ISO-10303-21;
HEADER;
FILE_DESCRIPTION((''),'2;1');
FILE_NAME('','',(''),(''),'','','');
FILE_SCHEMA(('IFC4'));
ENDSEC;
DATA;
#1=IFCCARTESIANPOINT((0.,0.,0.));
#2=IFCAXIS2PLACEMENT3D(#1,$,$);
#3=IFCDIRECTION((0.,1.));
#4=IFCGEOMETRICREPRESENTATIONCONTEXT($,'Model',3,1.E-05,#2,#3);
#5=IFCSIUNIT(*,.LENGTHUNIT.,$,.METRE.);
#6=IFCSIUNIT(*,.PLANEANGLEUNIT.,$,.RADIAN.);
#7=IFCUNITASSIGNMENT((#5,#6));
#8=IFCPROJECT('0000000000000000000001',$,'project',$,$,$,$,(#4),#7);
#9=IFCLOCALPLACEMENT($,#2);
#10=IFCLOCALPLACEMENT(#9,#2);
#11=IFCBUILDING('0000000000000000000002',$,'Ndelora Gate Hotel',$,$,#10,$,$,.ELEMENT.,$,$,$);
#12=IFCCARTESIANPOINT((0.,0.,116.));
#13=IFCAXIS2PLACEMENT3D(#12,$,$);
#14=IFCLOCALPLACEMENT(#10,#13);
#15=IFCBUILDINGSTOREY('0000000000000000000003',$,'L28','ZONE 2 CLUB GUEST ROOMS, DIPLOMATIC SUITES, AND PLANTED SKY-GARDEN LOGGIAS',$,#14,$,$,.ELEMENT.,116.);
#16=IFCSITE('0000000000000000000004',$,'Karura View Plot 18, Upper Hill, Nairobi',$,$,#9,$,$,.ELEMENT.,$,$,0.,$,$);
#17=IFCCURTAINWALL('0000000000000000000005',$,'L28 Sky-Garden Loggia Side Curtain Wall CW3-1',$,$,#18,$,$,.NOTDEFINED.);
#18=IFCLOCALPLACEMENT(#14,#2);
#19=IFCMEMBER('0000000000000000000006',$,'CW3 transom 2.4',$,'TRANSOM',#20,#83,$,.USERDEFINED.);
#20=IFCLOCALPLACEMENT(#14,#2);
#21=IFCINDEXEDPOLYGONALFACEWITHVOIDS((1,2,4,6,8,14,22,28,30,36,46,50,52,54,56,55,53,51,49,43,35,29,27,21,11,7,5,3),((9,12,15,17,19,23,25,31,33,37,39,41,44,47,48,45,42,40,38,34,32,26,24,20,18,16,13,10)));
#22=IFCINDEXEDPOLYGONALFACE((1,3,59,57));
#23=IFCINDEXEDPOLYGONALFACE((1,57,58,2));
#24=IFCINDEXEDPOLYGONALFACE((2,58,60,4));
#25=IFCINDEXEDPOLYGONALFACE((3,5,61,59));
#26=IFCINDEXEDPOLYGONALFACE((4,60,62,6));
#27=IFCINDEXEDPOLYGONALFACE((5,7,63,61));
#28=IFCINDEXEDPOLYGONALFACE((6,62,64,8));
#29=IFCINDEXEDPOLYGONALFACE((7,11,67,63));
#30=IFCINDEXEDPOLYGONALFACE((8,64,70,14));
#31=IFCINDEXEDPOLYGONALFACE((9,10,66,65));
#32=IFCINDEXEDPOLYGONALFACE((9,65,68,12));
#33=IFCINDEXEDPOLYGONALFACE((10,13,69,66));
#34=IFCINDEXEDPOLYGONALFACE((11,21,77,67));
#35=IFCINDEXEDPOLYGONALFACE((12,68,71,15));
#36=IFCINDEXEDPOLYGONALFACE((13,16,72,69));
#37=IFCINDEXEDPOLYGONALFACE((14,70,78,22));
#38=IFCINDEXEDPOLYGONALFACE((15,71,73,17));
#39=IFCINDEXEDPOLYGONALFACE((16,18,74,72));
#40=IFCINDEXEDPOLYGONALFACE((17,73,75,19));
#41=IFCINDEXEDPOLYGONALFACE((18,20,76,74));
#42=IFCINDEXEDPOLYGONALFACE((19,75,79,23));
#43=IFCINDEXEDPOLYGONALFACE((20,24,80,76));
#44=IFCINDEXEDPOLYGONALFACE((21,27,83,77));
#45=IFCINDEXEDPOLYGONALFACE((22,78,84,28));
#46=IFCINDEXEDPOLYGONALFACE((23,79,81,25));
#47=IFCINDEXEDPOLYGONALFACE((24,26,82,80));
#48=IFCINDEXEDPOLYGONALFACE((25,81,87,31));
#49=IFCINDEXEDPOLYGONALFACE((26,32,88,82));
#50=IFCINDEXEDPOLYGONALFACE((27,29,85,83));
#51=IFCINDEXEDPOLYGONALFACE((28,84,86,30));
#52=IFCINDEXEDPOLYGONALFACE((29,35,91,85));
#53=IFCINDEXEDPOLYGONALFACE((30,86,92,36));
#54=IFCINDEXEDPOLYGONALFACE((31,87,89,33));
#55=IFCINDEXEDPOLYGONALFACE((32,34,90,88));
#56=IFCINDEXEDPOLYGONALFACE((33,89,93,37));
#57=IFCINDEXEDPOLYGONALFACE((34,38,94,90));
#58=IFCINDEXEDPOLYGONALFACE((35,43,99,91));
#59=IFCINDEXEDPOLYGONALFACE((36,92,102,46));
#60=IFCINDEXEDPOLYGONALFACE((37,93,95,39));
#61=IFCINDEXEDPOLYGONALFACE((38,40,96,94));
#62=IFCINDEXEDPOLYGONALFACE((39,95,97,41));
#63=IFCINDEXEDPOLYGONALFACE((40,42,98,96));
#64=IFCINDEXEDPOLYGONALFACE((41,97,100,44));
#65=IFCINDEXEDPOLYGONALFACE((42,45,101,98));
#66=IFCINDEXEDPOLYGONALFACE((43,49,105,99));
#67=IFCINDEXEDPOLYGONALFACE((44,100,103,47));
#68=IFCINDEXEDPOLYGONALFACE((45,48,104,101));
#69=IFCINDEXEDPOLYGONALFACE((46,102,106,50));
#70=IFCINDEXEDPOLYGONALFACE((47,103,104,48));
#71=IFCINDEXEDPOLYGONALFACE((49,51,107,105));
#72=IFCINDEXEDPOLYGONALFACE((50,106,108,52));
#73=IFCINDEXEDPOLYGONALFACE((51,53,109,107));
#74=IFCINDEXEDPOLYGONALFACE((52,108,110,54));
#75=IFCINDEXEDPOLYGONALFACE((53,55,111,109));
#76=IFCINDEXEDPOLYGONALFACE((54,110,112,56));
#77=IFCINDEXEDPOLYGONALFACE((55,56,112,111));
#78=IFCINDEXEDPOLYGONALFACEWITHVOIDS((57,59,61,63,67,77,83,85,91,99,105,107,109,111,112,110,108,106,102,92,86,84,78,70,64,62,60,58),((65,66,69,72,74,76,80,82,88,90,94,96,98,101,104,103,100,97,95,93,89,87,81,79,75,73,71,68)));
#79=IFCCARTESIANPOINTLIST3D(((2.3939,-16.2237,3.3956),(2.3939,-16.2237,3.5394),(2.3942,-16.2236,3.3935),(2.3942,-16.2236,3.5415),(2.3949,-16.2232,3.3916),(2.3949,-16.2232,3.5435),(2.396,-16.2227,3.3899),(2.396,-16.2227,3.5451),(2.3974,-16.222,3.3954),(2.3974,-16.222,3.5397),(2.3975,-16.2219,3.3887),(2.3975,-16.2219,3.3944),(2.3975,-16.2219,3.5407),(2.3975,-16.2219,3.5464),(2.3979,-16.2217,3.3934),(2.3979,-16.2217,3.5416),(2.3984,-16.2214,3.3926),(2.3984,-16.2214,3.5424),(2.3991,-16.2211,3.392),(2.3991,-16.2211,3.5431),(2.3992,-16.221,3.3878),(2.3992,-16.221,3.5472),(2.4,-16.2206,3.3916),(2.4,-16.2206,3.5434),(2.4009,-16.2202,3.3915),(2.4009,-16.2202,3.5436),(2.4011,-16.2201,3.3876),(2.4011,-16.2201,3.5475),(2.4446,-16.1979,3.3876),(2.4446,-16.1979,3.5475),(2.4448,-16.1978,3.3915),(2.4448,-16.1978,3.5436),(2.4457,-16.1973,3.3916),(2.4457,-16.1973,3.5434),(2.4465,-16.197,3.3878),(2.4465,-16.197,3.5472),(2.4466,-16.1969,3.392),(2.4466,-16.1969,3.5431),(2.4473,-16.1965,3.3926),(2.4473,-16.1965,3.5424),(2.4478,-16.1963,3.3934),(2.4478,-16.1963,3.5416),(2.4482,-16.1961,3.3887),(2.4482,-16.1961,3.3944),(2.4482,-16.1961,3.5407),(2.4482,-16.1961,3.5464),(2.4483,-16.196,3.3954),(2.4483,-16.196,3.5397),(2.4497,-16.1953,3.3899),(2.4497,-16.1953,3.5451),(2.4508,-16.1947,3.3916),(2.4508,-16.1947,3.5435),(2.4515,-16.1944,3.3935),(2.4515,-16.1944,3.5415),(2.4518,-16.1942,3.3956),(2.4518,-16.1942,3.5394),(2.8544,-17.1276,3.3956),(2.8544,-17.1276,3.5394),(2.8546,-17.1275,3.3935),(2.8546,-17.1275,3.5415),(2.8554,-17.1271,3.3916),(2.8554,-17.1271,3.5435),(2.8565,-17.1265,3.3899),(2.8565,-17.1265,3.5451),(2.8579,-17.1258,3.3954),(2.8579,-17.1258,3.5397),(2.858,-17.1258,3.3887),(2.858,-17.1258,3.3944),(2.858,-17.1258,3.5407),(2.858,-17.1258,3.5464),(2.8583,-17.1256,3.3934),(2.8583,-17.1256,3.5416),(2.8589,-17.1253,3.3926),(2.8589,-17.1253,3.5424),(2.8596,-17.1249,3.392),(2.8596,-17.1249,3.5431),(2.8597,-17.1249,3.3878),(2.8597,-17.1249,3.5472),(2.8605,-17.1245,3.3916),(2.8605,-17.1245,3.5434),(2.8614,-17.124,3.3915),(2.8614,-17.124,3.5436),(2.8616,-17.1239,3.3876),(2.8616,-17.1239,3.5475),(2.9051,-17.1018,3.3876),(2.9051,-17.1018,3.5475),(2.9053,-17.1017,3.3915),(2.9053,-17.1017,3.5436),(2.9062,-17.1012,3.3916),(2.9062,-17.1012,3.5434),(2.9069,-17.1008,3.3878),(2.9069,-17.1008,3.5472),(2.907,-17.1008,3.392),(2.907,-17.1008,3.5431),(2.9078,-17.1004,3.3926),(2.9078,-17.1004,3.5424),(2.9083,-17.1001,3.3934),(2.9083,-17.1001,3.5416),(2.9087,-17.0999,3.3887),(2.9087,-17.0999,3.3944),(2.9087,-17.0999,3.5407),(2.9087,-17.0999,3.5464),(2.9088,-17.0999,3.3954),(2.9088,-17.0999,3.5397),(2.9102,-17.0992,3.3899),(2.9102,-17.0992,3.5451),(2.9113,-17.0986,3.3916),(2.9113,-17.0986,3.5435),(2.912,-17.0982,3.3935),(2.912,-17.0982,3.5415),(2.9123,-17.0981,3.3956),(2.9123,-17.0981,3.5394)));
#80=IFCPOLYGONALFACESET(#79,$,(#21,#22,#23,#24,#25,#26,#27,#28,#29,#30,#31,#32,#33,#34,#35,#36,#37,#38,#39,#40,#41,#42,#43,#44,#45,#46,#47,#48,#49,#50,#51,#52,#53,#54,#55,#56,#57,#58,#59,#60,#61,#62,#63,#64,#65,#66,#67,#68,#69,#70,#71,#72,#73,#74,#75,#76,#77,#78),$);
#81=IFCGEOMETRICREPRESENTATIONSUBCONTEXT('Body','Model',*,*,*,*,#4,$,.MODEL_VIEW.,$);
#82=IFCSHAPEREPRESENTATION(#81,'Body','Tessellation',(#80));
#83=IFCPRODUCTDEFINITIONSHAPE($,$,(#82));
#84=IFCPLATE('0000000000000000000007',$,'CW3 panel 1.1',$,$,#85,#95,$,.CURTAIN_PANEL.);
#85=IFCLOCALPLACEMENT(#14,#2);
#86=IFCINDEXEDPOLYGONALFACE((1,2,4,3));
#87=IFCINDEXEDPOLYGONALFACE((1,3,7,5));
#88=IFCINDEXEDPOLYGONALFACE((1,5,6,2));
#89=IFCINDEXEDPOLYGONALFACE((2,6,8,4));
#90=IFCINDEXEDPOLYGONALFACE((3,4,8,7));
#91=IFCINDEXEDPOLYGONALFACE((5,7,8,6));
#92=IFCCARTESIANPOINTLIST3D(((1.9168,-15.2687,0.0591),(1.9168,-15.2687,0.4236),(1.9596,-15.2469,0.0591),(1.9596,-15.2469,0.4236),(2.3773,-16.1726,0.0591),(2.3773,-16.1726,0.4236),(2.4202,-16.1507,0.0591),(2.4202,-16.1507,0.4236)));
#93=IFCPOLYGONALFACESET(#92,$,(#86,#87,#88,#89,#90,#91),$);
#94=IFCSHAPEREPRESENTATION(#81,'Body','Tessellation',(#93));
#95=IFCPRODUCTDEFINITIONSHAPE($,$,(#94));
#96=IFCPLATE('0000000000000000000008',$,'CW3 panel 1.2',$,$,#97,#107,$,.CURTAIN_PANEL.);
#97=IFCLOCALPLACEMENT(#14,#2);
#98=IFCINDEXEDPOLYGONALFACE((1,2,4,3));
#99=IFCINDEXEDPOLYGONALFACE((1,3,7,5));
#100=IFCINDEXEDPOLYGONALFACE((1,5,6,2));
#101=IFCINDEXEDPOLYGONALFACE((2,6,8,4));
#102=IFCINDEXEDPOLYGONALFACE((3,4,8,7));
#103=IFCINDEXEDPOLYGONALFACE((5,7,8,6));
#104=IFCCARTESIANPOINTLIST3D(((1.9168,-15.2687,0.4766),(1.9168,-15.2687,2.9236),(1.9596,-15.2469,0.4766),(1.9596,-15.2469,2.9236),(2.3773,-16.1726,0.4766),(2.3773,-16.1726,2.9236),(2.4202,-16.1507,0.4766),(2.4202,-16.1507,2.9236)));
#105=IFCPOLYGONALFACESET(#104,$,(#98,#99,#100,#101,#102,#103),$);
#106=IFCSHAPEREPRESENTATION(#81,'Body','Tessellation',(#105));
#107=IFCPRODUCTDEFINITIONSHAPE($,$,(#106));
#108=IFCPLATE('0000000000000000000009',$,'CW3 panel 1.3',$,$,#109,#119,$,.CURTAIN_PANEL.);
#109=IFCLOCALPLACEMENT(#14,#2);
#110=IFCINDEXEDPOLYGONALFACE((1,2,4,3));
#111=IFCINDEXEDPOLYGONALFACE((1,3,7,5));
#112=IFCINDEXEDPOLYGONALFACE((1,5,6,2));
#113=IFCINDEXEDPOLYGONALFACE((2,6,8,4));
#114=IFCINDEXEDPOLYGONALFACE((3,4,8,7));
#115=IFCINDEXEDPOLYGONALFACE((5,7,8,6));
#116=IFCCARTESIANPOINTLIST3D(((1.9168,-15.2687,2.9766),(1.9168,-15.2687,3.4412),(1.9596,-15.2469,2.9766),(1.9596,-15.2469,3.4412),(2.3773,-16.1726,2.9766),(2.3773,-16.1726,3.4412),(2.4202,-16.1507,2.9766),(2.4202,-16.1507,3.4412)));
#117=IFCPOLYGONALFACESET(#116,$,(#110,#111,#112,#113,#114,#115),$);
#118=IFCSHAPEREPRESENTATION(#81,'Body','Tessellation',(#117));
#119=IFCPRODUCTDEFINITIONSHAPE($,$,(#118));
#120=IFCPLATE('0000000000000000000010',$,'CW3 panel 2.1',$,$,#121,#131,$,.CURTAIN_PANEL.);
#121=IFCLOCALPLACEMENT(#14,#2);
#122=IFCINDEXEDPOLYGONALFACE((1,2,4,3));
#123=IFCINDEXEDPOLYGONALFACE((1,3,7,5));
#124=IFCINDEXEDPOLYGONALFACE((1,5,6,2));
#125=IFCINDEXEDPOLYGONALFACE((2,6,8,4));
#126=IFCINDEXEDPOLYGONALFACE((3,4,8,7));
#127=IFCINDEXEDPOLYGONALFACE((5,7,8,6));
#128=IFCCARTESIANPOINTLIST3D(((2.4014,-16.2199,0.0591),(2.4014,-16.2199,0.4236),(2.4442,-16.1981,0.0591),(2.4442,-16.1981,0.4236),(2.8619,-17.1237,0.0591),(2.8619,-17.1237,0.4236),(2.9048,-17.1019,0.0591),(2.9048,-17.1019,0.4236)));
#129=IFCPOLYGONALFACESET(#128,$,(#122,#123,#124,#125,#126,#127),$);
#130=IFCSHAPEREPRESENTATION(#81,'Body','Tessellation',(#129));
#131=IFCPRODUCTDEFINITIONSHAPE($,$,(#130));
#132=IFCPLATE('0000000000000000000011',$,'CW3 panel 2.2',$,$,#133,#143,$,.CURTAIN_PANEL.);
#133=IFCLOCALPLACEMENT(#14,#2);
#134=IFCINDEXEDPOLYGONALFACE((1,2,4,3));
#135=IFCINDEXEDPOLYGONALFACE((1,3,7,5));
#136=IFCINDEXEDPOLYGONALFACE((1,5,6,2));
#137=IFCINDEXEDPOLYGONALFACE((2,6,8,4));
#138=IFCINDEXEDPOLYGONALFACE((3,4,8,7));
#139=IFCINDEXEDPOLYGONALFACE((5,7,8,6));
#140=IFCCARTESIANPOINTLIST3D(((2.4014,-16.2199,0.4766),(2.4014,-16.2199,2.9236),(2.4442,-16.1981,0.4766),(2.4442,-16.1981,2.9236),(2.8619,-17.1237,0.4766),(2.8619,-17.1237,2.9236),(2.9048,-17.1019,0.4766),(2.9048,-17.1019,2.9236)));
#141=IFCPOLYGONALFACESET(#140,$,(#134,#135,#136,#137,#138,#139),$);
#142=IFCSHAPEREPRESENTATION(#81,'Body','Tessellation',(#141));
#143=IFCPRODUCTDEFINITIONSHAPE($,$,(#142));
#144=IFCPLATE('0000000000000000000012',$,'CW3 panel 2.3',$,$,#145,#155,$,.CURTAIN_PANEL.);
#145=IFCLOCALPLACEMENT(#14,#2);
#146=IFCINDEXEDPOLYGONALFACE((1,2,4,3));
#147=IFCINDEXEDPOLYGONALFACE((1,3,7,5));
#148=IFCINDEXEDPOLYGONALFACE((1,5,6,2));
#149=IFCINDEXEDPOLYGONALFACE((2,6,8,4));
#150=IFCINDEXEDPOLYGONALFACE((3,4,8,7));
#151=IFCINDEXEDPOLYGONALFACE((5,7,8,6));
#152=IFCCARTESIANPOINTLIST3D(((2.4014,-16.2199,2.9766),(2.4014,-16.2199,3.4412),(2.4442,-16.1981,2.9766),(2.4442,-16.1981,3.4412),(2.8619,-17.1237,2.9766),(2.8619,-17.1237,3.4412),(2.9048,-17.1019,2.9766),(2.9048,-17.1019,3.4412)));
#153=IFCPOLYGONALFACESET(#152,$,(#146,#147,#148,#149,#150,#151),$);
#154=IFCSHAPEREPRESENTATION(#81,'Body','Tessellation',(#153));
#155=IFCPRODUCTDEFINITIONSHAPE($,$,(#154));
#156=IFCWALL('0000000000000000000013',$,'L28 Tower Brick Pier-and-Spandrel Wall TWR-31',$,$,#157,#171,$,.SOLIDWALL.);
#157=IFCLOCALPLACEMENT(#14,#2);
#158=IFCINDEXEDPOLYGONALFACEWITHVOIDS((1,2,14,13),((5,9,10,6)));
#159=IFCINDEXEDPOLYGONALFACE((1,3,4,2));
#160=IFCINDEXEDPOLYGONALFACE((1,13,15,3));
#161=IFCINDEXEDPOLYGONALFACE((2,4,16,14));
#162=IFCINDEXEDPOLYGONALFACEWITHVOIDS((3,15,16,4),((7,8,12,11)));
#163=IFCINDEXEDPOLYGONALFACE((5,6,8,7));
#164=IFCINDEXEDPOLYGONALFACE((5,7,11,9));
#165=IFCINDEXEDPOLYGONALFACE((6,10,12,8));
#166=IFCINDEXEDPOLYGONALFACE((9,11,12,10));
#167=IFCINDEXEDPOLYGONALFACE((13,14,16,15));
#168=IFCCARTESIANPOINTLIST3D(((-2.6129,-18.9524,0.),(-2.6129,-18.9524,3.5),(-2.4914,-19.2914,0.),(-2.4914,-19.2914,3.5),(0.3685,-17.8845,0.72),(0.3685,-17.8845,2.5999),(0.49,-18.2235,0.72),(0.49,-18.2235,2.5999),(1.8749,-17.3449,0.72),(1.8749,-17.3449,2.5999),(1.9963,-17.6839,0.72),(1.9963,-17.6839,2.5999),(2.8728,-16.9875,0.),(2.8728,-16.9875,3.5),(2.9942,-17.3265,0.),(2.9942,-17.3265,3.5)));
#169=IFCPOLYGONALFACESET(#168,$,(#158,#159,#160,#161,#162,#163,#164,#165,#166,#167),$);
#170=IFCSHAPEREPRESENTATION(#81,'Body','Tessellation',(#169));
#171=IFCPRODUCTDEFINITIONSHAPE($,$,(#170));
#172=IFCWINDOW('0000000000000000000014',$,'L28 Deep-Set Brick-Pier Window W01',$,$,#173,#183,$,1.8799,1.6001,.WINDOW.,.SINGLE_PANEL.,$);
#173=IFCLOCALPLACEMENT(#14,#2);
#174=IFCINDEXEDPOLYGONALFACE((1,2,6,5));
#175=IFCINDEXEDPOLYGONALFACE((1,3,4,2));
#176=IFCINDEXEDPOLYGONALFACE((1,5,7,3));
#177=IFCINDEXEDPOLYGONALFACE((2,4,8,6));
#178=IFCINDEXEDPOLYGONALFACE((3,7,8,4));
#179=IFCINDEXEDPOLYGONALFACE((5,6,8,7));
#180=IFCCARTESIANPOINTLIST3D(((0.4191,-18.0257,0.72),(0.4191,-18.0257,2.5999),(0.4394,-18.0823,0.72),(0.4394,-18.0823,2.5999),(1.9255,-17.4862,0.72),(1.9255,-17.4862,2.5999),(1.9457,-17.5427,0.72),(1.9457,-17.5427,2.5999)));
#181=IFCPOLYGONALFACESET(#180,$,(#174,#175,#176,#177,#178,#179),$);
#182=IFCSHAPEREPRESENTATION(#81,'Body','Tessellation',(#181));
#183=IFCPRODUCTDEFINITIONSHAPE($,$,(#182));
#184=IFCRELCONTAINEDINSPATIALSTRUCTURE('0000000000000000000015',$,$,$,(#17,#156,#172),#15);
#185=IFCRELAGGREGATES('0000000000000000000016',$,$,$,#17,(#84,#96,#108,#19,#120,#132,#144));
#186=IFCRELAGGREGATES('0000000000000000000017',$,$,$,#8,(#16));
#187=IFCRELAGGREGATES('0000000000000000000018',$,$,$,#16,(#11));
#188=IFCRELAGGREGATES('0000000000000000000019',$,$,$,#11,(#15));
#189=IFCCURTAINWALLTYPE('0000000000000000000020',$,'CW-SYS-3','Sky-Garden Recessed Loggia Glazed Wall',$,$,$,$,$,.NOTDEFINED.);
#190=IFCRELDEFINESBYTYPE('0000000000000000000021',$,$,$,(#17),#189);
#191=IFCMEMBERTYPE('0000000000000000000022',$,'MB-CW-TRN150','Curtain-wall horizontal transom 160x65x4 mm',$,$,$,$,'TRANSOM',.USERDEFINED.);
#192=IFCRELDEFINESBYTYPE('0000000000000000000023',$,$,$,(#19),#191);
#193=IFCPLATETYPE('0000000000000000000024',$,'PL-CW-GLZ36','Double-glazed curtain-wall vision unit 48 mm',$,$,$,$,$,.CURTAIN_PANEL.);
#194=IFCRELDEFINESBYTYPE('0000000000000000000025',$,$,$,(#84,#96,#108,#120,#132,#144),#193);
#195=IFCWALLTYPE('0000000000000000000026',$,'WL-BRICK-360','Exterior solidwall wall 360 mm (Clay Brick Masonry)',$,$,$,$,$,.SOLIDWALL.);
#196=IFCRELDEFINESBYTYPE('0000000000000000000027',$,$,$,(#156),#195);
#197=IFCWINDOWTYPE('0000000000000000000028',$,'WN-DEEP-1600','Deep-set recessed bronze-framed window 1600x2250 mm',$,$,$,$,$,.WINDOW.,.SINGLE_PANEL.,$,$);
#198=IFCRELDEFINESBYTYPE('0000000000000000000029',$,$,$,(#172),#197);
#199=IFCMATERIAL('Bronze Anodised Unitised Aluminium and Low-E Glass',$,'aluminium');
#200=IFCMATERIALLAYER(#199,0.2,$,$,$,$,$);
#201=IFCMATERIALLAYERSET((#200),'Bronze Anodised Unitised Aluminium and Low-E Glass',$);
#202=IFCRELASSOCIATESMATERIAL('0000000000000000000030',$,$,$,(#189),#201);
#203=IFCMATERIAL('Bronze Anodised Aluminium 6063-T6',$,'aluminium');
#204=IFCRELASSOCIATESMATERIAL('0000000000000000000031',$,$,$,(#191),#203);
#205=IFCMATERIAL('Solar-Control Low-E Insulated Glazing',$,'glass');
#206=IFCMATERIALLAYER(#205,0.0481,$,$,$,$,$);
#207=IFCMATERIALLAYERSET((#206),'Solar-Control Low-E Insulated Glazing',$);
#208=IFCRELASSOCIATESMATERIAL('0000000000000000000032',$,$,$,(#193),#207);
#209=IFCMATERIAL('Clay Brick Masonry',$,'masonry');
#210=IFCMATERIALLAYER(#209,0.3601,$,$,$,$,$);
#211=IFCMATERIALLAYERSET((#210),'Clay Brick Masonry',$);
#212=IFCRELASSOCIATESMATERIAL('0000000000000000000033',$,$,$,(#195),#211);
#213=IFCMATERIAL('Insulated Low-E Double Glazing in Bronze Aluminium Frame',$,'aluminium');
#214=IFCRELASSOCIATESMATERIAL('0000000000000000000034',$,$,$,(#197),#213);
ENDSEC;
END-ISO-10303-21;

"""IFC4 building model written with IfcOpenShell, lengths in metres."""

from ifc_helpers import new_model, si_unit, direction, frame, frame_2d, origin, origin_2d, place, context, subcontext, project, spatial, rectangle, hollow_rectangle, extrude, material, layer, layer_set, material_profile, profile_set, type_object, element, fill, aggregate, save


model = new_model("IFC4")

# Units and contexts
model_context = context("Model", 3, precision=1e-05, world=origin(), true_north=direction((0.0, 1.0)))
body_context = subcontext(model_context, "Body", "Model", "MODEL_VIEW")
ifc_project = project(units=[si_unit("LENGTHUNIT", "METRE"), si_unit("PLANEANGLEUNIT", "RADIAN")], contexts=[model_context])

# Site, building, storey
site_placement = place(None, origin())
site = spatial("IfcSite", under=ifc_project, at=site_placement, Name="Karura View Plot 18, Upper Hill, Nairobi", CompositionType="ELEMENT", RefElevation=0.0)
building_placement = place(site_placement, origin())
building = spatial("IfcBuilding", under=site, at=building_placement, Name="Ndelora Gate Hotel", CompositionType="ELEMENT")
storey_placement = place(building_placement, frame((0.0, 0.0, 116.0)))
storey = spatial("IfcBuildingStorey", under=building, at=storey_placement, Name="L28", Description="ZONE 2 CLUB GUEST ROOMS, DIPLOMATIC SUITES, AND PLANTED SKY-GARDEN LOGGIAS", CompositionType="ELEMENT", Elevation=116.0)

# Curtain wall, member, plates
ifc_material_1 = material(Name="Bronze Anodised Unitised Aluminium and Low-E Glass", Category="aluminium")
ifc_layer_1 = layer(ifc_material_1, 0.2)
ifc_layer_set_1 = layer_set([ifc_layer_1], Name="Bronze Anodised Unitised Aluminium and Low-E Glass")
curtain_wall_type = type_object("IfcCurtainWallType", Name="CW-SYS-3", Description="Sky-Garden Recessed Loggia Glazed Wall", PredefinedType="NOTDEFINED", material=ifc_layer_set_1)
curtain_wall_placement = place(storey_placement, origin())
curtain_wall = element("IfcCurtainWall", 1, at=curtain_wall_placement, inside=storey, type_object=curtain_wall_type, Name="L28 Sky-Garden Loggia Side Curtain Wall CW3-1", PredefinedType="NOTDEFINED")
ifc_material_2 = material(Name="Bronze Anodised Aluminium 6063-T6", Category="aluminium")
ifc_material_profile_1 = material_profile(ifc_material_2, hollow_rectangle(XDim=0.0649, YDim=0.1599, WallThickness=0.0039, InnerFilletRadius=0.0039, OuterFilletRadius=0.0081, at=origin_2d()), Name="ALU 160x65x4")
ifc_profile_set_1 = profile_set([ifc_material_profile_1], Name="Bronze Anodised Aluminium 6063-T6")
member_type_1 = type_object("IfcMemberType", Name="MB-CW-TRN150", Description="Curtain-wall horizontal transom 160x65x4 mm", ElementType="TRANSOM", PredefinedType="USERDEFINED", material=ifc_profile_set_1)
member_1_placement = place(storey_placement, frame((2.4229, -16.209, 3.4675), z_axis=(0.45394, -0.891032, 0.0), x_axis=(0.891032, 0.45394, 0.0)))
member_1 = element("IfcMember", 2, at=member_1_placement, type_object=member_type_1, Name="CW3 transom 2.4", ObjectType="TRANSOM", PredefinedType="USERDEFINED", context=body_context, shape_type="SweptSolid", body=[
    extrude(hollow_rectangle(XDim=0.0649, YDim=0.1599, WallThickness=0.0039, InnerFilletRadius=0.0039, OuterFilletRadius=0.0081, at=origin_2d()), origin(), (0.0, 0.0, 1.0), 1.0144),
])
ifc_material_3 = material(Name="Solar-Control Low-E Insulated Glazing", Category="glass")
ifc_layer_2 = layer(ifc_material_3, 0.0481)
ifc_layer_set_2 = layer_set([ifc_layer_2], Name="Solar-Control Low-E Insulated Glazing")
plate_type = type_object("IfcPlateType", Name="PL-CW-GLZ36", Description="Double-glazed curtain-wall vision unit 48 mm", PredefinedType="CURTAIN_PANEL", material=ifc_layer_set_2)
plate_1_placement = place(storey_placement, frame((2.1685, -15.7097, 0.0591), z_axis=(0.0, 0.0, 1.0), x_axis=(0.454001, -0.891001, 0.0)))
plate_1 = element("IfcPlate", 3, at=plate_1_placement, type_object=plate_type, Name="CW3 panel 1.1", PredefinedType="CURTAIN_PANEL", context=body_context, shape_type="SweptSolid", body=[
    extrude(rectangle(XDim=1.0144, YDim=0.0481, at=origin_2d()), origin(), (0.0, 0.0, 1.0), 0.3645),
])
plate_2_placement = place(storey_placement, frame((2.1685, -15.7097, 0.4766), z_axis=(0.0, 0.0, 1.0), x_axis=(0.454001, -0.891001, 0.0)))
plate_2 = element("IfcPlate", 4, at=plate_2_placement, type_object=plate_type, Name="CW3 panel 1.2", PredefinedType="CURTAIN_PANEL", context=body_context, shape_type="SweptSolid", body=[
    extrude(rectangle(XDim=1.0144, YDim=0.0481, at=origin_2d()), origin(), (0.0, 0.0, 1.0), 2.447),
])
plate_3_placement = place(storey_placement, frame((2.1685, -15.7097, 2.9766), z_axis=(0.0, 0.0, 1.0), x_axis=(0.454001, -0.891001, 0.0)))
plate_3 = element("IfcPlate", 5, at=plate_3_placement, type_object=plate_type, Name="CW3 panel 1.3", PredefinedType="CURTAIN_PANEL", context=body_context, shape_type="SweptSolid", body=[
    extrude(rectangle(XDim=1.0144, YDim=0.0481, at=origin_2d()), origin(), (0.0, 0.0, 1.0), 0.4646),
])
plate_4_placement = place(storey_placement, frame((2.6531, -16.6609, 0.0591), z_axis=(0.0, 0.0, 1.0), x_axis=(0.454001, -0.891001, 0.0)))
plate_4 = element("IfcPlate", 6, at=plate_4_placement, type_object=plate_type, Name="CW3 panel 2.1", PredefinedType="CURTAIN_PANEL", context=body_context, shape_type="SweptSolid", body=[
    extrude(rectangle(XDim=1.0144, YDim=0.0481, at=origin_2d()), origin(), (0.0, 0.0, 1.0), 0.3645),
])
plate_5_placement = place(storey_placement, frame((2.6531, -16.6609, 0.4766), z_axis=(0.0, 0.0, 1.0), x_axis=(0.454001, -0.891001, 0.0)))
plate_5 = element("IfcPlate", 7, at=plate_5_placement, type_object=plate_type, Name="CW3 panel 2.2", PredefinedType="CURTAIN_PANEL", context=body_context, shape_type="SweptSolid", body=[
    extrude(rectangle(XDim=1.0144, YDim=0.0481, at=origin_2d()), origin(), (0.0, 0.0, 1.0), 2.447),
])
plate_6_placement = place(storey_placement, frame((2.6531, -16.6609, 2.9766), z_axis=(0.0, 0.0, 1.0), x_axis=(0.454001, -0.891001, 0.0)))
plate_6 = element("IfcPlate", 8, at=plate_6_placement, type_object=plate_type, Name="CW3 panel 2.3", PredefinedType="CURTAIN_PANEL", context=body_context, shape_type="SweptSolid", body=[
    extrude(rectangle(XDim=1.0144, YDim=0.0481, at=origin_2d()), origin(), (0.0, 0.0, 1.0), 0.4646),
])
aggregate(curtain_wall, [plate_1, plate_2, plate_3, member_1, plate_4, plate_5, plate_6])

# Wall, opening, window
ifc_material_4 = material(Name="Clay Brick Masonry", Category="masonry")
ifc_layer_3 = layer(ifc_material_4, 0.3601)
ifc_layer_set_3 = layer_set([ifc_layer_3], Name="Clay Brick Masonry")
wall_type_1 = type_object("IfcWallType", Name="WL-BRICK-360", Description="Exterior solidwall wall 360 mm (Clay Brick Masonry)", PredefinedType="SOLIDWALL", material=ifc_layer_set_3)
wall_1_placement = place(storey_placement, frame((2.9336, -17.157, 0.0), z_axis=(0.0, 0.0, 1.0), x_axis=(-0.941432, -0.337204, 0.0)))
wall_1 = element("IfcWall", 9, at=wall_1_placement, inside=storey, type_object=wall_type_1, Name="L28 Tower Brick Pier-and-Spandrel Wall TWR-31", PredefinedType="SOLIDWALL", context=body_context, shape_type="SweptSolid", body=[
    extrude(rectangle(XDim=5.8269, YDim=0.3601, at=frame_2d((2.9136, 0.0))), origin(), (0.0, 0.0, 1.0), 3.5),
])
opening_placement = place(wall_1_placement, frame((1.0601, 0.0, 0.72)))
opening = element("IfcOpeningElement", 10, at=opening_placement, cuts=wall_1, PredefinedType="OPENING", context=body_context, shape_type="SweptSolid", body=[
    extrude(rectangle(XDim=1.6001, YDim=1.8799, at=frame_2d((0.8, 0.9399))), frame((0.0, 0.1899, 0.0), z_axis=(0.0, -1.0, 0.0), x_axis=(1.0, 0.0, 0.0)), (0.0, 0.0, 1.0), 0.3801),
])
ifc_material_5 = material(Name="Insulated Low-E Double Glazing in Bronze Aluminium Frame", Category="aluminium")
window_type = type_object("IfcWindowType", Name="WN-DEEP-1600", Description="Deep-set recessed bronze-framed window 1600x2250 mm", PartitioningType="SINGLE_PANEL", PredefinedType="WINDOW", material=ifc_material_5)
window_placement = place(opening_placement, origin())
window = element("IfcWindow", 11, at=window_placement, inside=storey, type_object=window_type, Name="L28 Deep-Set Brick-Pier Window W01", OverallHeight=1.8799, OverallWidth=1.6001, PartitioningType="SINGLE_PANEL", PredefinedType="WINDOW", context=body_context, shape_type="SweptSolid", body=[
    extrude(rectangle(XDim=1.6001, YDim=1.8799, at=frame_2d((0.8, 0.9399))), frame((0.0, 0.03, 0.0), z_axis=(0.0, -1.0, 0.0), x_axis=(1.0, 0.0, 0.0)), (0.0, 0.0, 1.0), 0.0601),
])
fill(opening, window)

save(model, "model.ifc")
